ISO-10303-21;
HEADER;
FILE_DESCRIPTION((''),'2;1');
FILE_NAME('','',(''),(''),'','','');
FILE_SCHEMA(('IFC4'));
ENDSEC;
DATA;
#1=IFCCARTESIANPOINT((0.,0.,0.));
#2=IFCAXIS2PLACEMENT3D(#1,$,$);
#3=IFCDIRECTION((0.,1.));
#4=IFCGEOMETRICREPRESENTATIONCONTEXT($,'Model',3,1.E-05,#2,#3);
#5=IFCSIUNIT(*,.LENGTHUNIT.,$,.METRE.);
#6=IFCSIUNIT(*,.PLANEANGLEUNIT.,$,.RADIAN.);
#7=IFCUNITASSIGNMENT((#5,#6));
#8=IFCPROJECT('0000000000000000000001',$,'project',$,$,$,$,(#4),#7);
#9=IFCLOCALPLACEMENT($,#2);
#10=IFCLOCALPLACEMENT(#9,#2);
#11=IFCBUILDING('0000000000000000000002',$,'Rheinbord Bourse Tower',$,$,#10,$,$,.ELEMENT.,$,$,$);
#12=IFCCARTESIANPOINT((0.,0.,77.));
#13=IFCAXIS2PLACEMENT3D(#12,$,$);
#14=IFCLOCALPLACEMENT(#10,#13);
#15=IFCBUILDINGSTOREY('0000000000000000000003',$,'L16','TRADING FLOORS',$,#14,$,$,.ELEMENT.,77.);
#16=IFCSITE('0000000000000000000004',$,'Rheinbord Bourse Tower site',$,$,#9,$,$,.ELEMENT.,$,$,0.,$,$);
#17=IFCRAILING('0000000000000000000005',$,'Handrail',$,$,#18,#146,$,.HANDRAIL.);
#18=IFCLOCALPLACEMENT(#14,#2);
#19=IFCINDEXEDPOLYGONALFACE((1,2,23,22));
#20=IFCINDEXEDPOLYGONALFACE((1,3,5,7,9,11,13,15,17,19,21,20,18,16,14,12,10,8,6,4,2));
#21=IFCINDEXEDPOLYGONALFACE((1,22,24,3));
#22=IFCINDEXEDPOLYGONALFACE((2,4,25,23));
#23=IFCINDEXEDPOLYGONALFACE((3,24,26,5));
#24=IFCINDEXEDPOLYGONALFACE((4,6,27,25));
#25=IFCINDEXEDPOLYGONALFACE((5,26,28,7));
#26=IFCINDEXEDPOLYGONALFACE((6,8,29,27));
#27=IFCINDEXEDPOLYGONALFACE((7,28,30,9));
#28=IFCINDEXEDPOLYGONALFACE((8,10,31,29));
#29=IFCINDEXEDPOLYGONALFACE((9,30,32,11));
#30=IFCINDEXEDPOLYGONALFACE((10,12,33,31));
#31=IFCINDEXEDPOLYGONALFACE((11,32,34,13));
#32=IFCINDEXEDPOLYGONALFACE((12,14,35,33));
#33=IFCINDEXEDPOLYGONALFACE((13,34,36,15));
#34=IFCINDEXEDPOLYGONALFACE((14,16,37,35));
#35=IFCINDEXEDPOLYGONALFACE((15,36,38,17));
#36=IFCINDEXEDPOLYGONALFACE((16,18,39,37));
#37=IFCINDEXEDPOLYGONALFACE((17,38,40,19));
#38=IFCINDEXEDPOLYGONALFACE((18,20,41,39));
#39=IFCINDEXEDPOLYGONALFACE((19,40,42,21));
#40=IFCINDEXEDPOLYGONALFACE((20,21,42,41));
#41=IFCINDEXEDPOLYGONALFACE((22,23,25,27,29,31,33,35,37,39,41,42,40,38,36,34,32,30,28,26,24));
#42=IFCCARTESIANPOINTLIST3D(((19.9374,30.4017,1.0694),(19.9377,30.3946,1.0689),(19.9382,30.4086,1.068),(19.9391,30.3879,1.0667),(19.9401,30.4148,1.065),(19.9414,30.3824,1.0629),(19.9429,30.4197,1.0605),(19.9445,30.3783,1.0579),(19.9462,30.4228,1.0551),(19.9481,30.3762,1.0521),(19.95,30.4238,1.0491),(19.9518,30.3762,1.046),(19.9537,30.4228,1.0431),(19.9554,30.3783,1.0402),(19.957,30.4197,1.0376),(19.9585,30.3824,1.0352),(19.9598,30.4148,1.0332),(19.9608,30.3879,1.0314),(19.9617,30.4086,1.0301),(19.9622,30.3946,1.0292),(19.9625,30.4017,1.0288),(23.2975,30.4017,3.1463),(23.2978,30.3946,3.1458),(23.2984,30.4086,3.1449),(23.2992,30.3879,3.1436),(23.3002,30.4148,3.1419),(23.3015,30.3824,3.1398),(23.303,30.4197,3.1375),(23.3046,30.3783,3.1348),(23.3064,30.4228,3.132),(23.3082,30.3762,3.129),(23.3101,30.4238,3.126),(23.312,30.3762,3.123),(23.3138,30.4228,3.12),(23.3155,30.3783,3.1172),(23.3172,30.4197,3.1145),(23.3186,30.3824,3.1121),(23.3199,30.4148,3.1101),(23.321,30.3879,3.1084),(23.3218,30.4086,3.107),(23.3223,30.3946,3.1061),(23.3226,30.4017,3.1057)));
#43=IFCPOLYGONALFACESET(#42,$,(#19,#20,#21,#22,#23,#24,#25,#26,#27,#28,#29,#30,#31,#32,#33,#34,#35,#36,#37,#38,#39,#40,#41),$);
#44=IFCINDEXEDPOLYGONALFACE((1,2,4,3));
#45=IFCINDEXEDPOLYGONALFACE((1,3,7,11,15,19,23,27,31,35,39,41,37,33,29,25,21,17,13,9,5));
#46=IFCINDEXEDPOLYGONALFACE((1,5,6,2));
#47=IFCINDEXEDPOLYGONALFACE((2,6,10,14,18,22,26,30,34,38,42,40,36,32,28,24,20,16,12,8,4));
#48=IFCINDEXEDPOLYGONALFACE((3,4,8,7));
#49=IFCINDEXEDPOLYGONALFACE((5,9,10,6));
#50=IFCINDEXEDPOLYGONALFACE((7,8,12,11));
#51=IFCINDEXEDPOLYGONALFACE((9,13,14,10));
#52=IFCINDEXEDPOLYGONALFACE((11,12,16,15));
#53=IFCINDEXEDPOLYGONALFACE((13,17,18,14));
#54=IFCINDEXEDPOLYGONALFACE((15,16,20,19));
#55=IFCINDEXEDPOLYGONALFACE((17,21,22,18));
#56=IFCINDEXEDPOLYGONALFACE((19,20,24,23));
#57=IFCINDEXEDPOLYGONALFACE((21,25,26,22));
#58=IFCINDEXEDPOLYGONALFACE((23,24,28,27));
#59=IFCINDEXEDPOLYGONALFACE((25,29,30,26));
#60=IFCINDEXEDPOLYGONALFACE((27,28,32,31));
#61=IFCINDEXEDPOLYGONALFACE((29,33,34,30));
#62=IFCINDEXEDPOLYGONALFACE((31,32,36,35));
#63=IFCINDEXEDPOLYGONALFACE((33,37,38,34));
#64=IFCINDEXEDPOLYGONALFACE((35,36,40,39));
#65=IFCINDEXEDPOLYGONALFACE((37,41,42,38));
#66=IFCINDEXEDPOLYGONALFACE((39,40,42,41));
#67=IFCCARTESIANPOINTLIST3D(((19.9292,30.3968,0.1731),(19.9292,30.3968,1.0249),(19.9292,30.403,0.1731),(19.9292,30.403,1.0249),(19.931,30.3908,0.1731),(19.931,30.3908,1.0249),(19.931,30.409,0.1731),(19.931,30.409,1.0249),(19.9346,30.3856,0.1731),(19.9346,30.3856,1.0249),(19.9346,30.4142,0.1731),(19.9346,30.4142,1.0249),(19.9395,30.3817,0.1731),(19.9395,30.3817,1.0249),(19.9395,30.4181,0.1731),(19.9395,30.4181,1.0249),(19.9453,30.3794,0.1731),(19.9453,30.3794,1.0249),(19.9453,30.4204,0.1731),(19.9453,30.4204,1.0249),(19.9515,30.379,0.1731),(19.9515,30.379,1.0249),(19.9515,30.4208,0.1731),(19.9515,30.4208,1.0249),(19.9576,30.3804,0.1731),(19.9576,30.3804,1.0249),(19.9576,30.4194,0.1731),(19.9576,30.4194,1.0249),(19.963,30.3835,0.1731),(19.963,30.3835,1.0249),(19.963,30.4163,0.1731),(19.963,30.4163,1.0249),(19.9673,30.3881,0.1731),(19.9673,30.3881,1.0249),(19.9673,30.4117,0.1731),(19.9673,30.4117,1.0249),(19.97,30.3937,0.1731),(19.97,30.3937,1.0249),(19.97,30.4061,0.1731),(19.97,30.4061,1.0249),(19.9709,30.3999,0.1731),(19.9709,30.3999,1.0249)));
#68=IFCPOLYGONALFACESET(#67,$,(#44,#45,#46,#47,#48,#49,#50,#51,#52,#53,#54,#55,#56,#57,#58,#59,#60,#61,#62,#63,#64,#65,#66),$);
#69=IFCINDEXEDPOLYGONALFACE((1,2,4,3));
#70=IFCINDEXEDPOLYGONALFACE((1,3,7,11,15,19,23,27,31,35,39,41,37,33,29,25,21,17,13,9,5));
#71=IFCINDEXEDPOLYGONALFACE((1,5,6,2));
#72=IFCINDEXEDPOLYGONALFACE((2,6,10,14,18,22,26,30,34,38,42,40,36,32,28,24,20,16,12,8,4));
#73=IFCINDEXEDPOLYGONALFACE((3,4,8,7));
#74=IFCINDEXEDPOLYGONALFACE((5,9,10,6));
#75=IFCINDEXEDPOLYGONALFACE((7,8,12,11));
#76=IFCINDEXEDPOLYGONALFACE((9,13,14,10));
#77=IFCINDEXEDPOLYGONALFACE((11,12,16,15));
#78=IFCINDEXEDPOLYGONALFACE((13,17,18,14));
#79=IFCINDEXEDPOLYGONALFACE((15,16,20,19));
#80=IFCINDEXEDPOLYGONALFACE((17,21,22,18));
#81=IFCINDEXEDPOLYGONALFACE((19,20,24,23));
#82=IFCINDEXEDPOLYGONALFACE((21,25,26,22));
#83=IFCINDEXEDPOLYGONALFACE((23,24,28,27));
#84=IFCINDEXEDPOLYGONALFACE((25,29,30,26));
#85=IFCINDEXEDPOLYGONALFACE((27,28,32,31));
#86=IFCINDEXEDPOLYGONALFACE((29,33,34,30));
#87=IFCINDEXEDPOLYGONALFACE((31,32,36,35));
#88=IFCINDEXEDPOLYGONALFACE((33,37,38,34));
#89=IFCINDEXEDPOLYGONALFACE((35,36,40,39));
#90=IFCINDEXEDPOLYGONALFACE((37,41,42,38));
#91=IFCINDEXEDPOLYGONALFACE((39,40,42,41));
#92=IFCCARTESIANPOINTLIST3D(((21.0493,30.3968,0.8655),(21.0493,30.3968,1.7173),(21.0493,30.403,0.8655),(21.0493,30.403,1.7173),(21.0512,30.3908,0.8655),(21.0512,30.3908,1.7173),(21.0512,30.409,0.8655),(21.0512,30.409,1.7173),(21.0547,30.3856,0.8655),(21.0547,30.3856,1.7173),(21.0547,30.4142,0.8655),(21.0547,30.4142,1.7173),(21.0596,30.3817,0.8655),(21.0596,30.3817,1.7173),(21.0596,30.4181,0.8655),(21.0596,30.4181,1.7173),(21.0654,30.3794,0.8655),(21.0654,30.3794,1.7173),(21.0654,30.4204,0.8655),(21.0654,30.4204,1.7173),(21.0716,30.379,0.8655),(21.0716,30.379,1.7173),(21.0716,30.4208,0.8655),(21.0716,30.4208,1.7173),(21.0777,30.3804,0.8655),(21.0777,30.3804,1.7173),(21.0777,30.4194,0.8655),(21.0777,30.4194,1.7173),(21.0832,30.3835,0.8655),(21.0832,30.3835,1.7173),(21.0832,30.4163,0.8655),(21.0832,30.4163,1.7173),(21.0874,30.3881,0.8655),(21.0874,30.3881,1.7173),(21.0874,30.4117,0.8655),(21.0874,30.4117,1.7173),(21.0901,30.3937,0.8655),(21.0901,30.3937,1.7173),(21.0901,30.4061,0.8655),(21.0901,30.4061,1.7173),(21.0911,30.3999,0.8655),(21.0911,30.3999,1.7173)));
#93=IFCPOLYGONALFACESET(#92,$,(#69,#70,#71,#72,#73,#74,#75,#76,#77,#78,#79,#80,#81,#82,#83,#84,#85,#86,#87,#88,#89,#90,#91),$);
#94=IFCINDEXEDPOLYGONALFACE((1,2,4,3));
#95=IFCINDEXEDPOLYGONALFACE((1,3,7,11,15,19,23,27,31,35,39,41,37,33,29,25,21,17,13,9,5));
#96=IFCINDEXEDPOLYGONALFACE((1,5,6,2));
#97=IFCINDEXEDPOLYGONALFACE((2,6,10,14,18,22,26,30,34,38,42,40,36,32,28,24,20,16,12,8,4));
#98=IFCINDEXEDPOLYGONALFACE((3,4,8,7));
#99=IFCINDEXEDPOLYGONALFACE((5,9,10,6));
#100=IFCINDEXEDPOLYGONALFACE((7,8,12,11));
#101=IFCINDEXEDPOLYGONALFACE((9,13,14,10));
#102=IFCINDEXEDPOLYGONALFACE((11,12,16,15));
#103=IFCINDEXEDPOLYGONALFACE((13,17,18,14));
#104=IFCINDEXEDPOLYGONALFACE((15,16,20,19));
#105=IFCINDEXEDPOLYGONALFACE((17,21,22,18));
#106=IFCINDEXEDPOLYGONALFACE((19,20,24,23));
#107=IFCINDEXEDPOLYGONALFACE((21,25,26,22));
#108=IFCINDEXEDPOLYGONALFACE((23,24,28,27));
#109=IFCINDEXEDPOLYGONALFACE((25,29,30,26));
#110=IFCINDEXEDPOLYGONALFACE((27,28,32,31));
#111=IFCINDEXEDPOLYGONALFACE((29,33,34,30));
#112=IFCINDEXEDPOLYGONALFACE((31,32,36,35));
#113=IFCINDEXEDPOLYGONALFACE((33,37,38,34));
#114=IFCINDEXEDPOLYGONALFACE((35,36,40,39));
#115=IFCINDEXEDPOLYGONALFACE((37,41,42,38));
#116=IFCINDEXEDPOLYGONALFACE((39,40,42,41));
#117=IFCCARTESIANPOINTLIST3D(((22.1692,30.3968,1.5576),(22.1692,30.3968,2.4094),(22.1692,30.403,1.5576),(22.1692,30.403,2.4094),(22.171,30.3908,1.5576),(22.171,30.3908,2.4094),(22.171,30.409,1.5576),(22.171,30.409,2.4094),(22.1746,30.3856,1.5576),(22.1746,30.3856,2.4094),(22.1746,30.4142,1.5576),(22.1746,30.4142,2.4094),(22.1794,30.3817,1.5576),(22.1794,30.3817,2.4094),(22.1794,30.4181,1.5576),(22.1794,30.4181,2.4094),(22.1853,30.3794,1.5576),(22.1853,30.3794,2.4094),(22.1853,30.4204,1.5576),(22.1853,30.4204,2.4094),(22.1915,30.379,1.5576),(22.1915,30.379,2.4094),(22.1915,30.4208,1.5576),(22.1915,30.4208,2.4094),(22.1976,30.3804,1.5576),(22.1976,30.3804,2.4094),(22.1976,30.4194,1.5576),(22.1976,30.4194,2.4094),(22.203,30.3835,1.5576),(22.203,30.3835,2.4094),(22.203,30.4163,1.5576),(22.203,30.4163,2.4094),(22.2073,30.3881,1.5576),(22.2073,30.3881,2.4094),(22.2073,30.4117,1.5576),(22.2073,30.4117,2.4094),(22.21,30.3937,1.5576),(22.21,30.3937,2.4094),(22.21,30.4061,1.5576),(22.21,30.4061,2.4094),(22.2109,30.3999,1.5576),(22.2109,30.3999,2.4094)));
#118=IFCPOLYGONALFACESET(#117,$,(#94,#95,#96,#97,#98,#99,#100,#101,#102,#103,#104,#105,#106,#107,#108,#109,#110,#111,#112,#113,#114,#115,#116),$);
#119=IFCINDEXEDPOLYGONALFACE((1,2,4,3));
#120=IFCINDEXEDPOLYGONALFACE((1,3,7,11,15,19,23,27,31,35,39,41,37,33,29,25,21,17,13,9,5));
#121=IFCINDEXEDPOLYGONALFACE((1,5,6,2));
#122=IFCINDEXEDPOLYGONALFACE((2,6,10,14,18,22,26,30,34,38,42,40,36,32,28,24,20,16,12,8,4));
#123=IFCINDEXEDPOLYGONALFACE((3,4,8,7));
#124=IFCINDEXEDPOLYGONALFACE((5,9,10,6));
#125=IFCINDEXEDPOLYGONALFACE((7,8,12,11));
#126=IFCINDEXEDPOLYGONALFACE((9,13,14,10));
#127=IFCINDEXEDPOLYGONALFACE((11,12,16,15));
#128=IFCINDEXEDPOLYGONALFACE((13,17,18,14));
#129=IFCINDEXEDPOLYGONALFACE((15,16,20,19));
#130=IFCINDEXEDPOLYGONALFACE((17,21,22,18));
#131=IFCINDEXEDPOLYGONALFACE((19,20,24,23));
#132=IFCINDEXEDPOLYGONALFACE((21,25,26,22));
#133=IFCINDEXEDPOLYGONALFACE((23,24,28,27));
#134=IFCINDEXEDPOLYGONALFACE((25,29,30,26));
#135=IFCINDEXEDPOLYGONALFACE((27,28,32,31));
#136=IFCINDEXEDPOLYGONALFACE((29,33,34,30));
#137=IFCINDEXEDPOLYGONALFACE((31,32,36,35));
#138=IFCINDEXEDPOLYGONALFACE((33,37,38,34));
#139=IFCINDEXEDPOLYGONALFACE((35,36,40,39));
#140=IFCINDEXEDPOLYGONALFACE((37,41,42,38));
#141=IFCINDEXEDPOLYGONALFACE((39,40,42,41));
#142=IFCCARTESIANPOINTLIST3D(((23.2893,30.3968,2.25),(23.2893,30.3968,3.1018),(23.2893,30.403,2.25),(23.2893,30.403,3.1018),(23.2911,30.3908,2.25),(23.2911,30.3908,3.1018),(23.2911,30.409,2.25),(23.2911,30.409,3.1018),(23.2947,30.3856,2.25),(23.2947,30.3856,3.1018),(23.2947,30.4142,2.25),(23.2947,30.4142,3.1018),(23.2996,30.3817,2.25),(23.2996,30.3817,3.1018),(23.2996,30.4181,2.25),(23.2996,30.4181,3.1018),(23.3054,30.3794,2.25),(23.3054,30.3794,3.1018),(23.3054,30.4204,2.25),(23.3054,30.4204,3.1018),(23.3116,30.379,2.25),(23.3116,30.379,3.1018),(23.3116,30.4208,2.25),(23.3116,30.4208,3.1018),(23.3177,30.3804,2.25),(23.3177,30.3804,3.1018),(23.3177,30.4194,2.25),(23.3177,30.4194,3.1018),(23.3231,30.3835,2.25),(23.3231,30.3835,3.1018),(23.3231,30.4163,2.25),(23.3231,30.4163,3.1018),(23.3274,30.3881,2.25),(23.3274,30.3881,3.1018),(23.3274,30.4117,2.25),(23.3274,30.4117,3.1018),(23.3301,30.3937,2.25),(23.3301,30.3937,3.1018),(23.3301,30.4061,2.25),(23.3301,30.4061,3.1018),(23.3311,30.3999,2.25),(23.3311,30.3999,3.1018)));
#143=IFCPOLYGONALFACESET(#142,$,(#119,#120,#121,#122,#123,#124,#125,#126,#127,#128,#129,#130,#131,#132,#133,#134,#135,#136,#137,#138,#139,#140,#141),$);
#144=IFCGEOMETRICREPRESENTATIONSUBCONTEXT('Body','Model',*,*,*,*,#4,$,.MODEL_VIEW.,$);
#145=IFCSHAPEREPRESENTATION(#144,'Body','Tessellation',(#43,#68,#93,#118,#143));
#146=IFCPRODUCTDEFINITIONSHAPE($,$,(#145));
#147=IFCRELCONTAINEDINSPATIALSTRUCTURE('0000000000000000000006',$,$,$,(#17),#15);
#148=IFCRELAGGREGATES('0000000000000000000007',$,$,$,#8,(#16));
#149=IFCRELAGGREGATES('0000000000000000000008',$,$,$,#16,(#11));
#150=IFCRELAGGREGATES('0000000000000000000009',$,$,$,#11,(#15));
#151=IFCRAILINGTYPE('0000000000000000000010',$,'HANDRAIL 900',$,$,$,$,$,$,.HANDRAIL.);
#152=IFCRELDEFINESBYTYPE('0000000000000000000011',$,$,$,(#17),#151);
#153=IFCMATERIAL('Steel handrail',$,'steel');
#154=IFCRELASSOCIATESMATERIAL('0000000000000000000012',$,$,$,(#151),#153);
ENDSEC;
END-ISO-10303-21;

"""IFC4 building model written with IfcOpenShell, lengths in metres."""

from ifc_helpers import new_model, si_unit, direction, frame, origin, origin_2d, place, context, subcontext, project, spatial, circle, extrude, material, type_object, element, save


model = new_model("IFC4")

# Units and contexts
model_context = context("Model", 3, precision=1e-05, world=origin(), true_north=direction((0.0, 1.0)))
body_context = subcontext(model_context, "Body", "Model", "MODEL_VIEW")
ifc_project = project(units=[si_unit("LENGTHUNIT", "METRE"), si_unit("PLANEANGLEUNIT", "RADIAN")], contexts=[model_context])

# Site, building, storey
site_placement = place(None, origin())
site = spatial("IfcSite", under=ifc_project, at=site_placement, Name="Rheinbord Bourse Tower site", CompositionType="ELEMENT", RefElevation=0.0)
building_placement = place(site_placement, origin())
building = spatial("IfcBuilding", under=site, at=building_placement, Name="Rheinbord Bourse Tower", CompositionType="ELEMENT")
storey_placement = place(building_placement, frame((0.0, 0.0, 77.0)))
storey = spatial("IfcBuildingStorey", under=building, at=storey_placement, Name="L16", Description="TRADING FLOORS", CompositionType="ELEMENT", Elevation=77.0)

# Railing
ifc_material_1 = material(Name="Steel handrail", Category="steel")
railing_type = type_object("IfcRailingType", Name="HANDRAIL 900", PredefinedType="HANDRAIL", material=ifc_material_1)
railing_1_placement = place(storey_placement, frame((19.95, 30.3999, 0.1731)))
element("IfcRailing", 1, at=railing_1_placement, inside=storey, type_object=railing_type, Name="Handrail", PredefinedType="HANDRAIL", context=body_context, shape_type="SweptSolid", body=[
    extrude(circle(Radius=0.0239, at=origin_2d()), frame((0.0, 0.0, 0.876), z_axis=(0.850623, 0.0, 0.525776), x_axis=(0.0, 1.0, 0.0)), (0.0, 0.0, 1.0), 3.9502),
    extrude(circle(Radius=0.021, at=origin_2d()), origin(), (0.0, 0.0, 1.0), 0.8518),
    extrude(circle(Radius=0.021, at=origin_2d()), frame((1.1201, 0.0, 0.6924)), (0.0, 0.0, 1.0), 0.8518),
    extrude(circle(Radius=0.021, at=origin_2d()), frame((2.24, 0.0, 1.3845)), (0.0, 0.0, 1.0), 0.8518),
    extrude(circle(Radius=0.021, at=origin_2d()), frame((3.3601, 0.0, 2.0769)), (0.0, 0.0, 1.0), 0.8518),
])

save(model, "model.ifc")
